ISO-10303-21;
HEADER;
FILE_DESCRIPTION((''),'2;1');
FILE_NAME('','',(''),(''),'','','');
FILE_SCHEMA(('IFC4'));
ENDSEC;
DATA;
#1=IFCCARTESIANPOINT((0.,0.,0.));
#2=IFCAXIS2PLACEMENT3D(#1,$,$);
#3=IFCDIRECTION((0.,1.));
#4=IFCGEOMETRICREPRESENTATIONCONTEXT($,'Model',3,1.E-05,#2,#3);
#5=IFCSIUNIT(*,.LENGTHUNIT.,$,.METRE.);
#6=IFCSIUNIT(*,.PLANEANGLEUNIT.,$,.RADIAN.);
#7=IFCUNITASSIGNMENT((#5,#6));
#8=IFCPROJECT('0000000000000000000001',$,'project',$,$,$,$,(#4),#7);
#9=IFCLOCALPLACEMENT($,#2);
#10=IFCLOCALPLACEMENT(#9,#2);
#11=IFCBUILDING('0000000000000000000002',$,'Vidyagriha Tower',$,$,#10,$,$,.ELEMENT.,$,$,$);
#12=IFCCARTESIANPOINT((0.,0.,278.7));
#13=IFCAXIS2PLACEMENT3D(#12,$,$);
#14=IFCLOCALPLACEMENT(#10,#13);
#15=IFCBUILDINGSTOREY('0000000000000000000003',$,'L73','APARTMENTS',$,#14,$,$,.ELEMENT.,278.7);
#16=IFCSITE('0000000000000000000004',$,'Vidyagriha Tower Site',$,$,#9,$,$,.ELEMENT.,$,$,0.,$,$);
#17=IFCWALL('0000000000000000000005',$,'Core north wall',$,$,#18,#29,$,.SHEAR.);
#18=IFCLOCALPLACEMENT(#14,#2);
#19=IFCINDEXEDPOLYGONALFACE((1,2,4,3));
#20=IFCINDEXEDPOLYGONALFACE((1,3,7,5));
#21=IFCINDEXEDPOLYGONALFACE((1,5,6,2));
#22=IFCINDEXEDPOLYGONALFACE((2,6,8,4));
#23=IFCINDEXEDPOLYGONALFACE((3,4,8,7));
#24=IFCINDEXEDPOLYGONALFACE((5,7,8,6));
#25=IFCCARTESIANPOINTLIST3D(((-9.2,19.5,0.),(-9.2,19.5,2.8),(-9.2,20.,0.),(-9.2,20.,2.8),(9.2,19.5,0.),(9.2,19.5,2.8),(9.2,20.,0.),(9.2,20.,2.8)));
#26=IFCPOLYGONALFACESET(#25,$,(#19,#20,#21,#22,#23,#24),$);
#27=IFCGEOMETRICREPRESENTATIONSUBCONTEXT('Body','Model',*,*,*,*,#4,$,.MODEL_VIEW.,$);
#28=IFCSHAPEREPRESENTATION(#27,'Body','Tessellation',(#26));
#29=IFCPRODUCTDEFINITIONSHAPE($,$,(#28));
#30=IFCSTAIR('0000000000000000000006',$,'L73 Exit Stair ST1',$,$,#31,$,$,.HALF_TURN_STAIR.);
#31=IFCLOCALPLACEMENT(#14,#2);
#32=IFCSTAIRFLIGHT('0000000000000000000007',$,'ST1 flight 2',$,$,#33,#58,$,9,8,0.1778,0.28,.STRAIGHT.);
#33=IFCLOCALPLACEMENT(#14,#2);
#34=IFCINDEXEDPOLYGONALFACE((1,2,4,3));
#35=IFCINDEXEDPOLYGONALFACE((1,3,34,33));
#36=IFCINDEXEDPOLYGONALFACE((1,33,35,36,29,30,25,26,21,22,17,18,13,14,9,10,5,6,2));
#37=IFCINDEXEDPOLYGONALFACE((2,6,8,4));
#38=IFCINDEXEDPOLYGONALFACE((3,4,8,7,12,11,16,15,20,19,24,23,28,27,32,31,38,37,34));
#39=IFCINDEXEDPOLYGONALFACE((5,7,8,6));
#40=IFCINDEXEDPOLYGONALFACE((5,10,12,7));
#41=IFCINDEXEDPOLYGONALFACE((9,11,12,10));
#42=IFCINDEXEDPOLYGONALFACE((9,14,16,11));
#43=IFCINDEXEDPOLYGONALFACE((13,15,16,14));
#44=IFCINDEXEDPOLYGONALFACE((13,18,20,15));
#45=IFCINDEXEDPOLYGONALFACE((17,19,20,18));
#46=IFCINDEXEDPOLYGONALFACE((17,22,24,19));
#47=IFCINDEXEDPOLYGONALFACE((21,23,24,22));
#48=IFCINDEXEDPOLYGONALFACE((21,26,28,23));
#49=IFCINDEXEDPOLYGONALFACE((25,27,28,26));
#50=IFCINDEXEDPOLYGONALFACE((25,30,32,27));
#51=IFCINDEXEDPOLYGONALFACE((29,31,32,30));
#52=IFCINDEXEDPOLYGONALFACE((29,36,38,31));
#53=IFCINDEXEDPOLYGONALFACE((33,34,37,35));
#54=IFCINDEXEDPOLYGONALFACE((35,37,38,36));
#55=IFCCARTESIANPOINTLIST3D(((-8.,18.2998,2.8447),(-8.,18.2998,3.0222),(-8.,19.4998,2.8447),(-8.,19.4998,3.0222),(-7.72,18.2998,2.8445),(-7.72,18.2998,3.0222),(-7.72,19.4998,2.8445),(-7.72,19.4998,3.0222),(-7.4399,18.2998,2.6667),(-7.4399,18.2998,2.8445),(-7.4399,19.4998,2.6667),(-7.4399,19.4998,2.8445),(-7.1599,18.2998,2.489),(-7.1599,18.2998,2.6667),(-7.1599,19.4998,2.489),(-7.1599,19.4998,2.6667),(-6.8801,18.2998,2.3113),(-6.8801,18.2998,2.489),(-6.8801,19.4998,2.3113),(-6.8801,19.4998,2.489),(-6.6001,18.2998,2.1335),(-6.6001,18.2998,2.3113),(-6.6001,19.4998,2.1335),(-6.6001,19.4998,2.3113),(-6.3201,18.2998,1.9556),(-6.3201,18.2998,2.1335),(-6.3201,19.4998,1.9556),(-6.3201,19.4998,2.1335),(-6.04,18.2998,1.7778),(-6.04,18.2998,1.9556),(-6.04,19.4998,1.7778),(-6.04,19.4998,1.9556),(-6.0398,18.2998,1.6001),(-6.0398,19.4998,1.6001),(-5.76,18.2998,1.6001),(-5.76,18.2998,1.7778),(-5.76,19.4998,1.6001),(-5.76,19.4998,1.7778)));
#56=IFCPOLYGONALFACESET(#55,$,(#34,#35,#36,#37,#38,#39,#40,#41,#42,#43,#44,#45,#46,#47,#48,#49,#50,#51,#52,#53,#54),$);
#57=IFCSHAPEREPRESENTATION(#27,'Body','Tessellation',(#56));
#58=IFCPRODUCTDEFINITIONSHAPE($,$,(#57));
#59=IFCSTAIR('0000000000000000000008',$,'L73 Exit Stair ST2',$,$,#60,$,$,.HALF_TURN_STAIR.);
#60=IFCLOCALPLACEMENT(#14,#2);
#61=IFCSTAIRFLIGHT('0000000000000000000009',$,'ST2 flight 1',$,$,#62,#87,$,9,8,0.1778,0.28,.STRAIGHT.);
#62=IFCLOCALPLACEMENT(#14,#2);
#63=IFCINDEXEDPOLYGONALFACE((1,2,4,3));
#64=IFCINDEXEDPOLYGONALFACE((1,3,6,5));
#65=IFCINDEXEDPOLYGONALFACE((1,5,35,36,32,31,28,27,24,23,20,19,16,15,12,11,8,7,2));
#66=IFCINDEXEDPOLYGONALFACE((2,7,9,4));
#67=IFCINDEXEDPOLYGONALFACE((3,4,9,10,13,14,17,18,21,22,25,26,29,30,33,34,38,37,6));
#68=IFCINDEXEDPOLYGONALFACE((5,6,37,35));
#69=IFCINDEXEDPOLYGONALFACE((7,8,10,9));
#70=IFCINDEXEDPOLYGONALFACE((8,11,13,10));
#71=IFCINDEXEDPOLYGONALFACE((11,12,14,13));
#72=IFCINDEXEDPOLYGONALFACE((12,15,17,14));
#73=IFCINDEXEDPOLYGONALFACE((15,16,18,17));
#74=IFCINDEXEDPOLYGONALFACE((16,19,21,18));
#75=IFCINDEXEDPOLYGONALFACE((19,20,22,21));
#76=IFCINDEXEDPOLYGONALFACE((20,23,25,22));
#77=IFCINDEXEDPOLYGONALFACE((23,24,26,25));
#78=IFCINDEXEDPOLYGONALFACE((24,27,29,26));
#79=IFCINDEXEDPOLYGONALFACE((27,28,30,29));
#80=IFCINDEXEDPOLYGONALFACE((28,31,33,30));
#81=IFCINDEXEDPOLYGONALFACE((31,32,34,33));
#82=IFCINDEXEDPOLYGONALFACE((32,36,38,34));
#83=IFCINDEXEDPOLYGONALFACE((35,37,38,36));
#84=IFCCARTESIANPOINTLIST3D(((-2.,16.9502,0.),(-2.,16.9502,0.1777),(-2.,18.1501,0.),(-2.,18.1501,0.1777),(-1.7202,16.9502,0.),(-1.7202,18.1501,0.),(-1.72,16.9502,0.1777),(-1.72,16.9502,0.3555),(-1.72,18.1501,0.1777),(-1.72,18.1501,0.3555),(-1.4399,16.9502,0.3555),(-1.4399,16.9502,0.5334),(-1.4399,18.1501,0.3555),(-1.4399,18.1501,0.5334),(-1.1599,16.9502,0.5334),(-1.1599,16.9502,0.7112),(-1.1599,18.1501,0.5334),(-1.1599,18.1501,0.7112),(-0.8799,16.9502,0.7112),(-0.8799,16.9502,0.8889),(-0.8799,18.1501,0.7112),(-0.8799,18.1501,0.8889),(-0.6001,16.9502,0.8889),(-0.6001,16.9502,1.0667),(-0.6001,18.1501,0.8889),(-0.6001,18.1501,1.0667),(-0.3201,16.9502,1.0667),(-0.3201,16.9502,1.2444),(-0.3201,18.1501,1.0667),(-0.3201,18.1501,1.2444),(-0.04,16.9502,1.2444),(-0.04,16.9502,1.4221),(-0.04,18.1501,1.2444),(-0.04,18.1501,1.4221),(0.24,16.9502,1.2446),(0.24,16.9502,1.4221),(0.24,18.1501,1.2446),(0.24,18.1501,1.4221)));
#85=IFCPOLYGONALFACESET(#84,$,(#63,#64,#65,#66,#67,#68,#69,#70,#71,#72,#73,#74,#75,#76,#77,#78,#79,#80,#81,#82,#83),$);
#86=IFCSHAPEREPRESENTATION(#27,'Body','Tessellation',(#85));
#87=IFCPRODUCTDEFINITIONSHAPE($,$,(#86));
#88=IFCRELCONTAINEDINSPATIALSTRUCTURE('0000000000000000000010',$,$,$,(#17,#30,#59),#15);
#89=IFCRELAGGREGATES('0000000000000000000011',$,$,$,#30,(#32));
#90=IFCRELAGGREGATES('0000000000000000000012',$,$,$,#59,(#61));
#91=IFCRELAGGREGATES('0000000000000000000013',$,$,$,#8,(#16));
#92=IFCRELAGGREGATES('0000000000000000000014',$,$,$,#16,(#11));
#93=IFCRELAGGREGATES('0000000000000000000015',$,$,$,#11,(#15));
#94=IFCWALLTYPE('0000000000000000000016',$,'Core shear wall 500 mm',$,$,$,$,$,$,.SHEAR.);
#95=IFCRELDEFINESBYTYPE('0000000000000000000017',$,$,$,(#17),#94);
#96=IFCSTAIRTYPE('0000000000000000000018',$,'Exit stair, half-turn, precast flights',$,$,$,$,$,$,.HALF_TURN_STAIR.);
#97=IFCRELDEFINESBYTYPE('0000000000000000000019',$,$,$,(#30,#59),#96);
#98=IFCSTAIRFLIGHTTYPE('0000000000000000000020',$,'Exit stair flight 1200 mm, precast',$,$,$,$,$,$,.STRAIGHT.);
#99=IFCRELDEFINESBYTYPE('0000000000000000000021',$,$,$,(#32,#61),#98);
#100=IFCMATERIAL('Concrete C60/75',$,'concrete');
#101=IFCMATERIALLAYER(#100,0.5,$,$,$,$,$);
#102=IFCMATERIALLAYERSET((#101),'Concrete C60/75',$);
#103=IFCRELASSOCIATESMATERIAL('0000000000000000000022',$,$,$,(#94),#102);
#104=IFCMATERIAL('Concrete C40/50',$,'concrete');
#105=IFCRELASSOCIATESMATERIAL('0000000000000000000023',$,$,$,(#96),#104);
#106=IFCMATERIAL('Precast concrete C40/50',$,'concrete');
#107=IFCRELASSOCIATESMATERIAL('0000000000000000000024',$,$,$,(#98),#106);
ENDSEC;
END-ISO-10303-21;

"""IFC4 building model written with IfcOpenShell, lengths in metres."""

from ifc_helpers import new_model, si_unit, direction, frame, frame_2d, origin, place, context, subcontext, project, spatial, polyline, rectangle, outline, extrude, material, layer, layer_set, type_object, element, aggregate, save


model = new_model("IFC4")

# Units and contexts
model_context = context("Model", 3, precision=1e-05, world=origin(), true_north=direction((0.0, 1.0)))
body_context = subcontext(model_context, "Body", "Model", "MODEL_VIEW")
ifc_project = project(units=[si_unit("LENGTHUNIT", "METRE"), si_unit("PLANEANGLEUNIT", "RADIAN")], contexts=[model_context])

# Site, building, storey
site_placement = place(None, origin())
site = spatial("IfcSite", under=ifc_project, at=site_placement, Name="Vidyagriha Tower Site", CompositionType="ELEMENT", RefElevation=0.0)
building_placement = place(site_placement, origin())
building = spatial("IfcBuilding", under=site, at=building_placement, Name="Vidyagriha Tower", CompositionType="ELEMENT")
storey_placement = place(building_placement, frame((0.0, 0.0, 278.7)))
storey = spatial("IfcBuildingStorey", under=building, at=storey_placement, Name="L73", Description="APARTMENTS", CompositionType="ELEMENT", Elevation=278.7)

# Wall
ifc_material_1 = material(Name="Concrete C60/75", Category="concrete")
ifc_layer_1 = layer(ifc_material_1, 0.5)
ifc_layer_set_1 = layer_set([ifc_layer_1], Name="Concrete C60/75")
wall_type = type_object("IfcWallType", Name="Core shear wall 500 mm", PredefinedType="SHEAR", material=ifc_layer_set_1)
wall_placement = place(storey_placement, frame((-9.2, 19.75, 0.0)))
element("IfcWall", 1, at=wall_placement, inside=storey, type_object=wall_type, Name="Core north wall", PredefinedType="SHEAR", context=body_context, shape_type="SweptSolid", body=[
    extrude(rectangle(XDim=18.3999, YDim=0.5, at=frame_2d((9.2, 0.0))), origin(), (0.0, 0.0, 1.0), 2.8),
])

# Stairs, stair flights
ifc_material_2 = material(Name="Concrete C40/50", Category="concrete")
stair_type = type_object("IfcStairType", Name="Exit stair, half-turn, precast flights", PredefinedType="HALF_TURN_STAIR", material=ifc_material_2)
stair_1_placement = place(storey_placement, origin())
stair_1 = element("IfcStair", 2, at=stair_1_placement, inside=storey, type_object=stair_type, Name="L73 Exit Stair ST1", PredefinedType="HALF_TURN_STAIR")
ifc_material_3 = material(Name="Precast concrete C40/50", Category="concrete")
stair_flight_type = type_object("IfcStairFlightType", Name="Exit stair flight 1200 mm, precast", PredefinedType="STRAIGHT", material=ifc_material_3)
stair_flight_1_placement = place(storey_placement, frame((-5.76, 18.8999, 1.6001), z_axis=(0.0, 0.0, 1.0), x_axis=(-1.0, 0.0, 0.0)))
stair_flight_1 = element("IfcStairFlight", 3, at=stair_flight_1_placement, type_object=stair_flight_type, Name="ST1 flight 2", NumberOfRisers=9, NumberOfTreads=8, PredefinedType="STRAIGHT", RiserHeight=0.1778, TreadLength=0.28, context=body_context, shape_type="SweptSolid", body=[
    extrude(outline(polyline([(0.0, 0.0), (0.0, 0.1777), (0.28, 0.1777), (0.28, 0.3555), (0.5601, 0.3555), (0.5601, 0.5334), (0.8401, 0.5334), (0.8401, 0.7112), (1.1201, 0.7112), (1.1201, 0.8889), (1.3999, 0.8889), (1.3999, 1.0667), (1.6799, 1.0667), (1.6799, 1.2444), (1.96, 1.2444), (1.96, 1.4221), (2.24, 1.4221), (2.24, 1.6001), (2.24, 1.2446), (0.2798, 0.0), (0.0, 0.0)])), frame((0.0, 0.6001, 0.0), z_axis=(0.0, -1.0, 0.0), x_axis=(1.0, 0.0, 0.0)), (0.0, 0.0, 1.0), 1.2),
])
aggregate(stair_1, [stair_flight_1])
stair_2_placement = place(storey_placement, origin())
stair_2 = element("IfcStair", 4, at=stair_2_placement, inside=storey, type_object=stair_type, Name="L73 Exit Stair ST2", PredefinedType="HALF_TURN_STAIR")
stair_flight_2_placement = place(storey_placement, frame((-2.0, 17.55, 0.0)))
stair_flight_2 = element("IfcStairFlight", 5, at=stair_flight_2_placement, type_object=stair_flight_type, Name="ST2 flight 1", NumberOfRisers=9, NumberOfTreads=8, PredefinedType="STRAIGHT", RiserHeight=0.1778, TreadLength=0.28, context=body_context, shape_type="SweptSolid", body=[
    extrude(outline(polyline([(0.0, 0.0), (0.0, 0.1777), (0.28, 0.1777), (0.28, 0.3555), (0.5601, 0.3555), (0.5601, 0.5334), (0.8401, 0.5334), (0.8401, 0.7112), (1.1201, 0.7112), (1.1201, 0.8889), (1.3999, 0.8889), (1.3999, 1.0667), (1.6799, 1.0667), (1.6799, 1.2444), (1.96, 1.2444), (1.96, 1.4221), (2.24, 1.4221), (2.24, 1.6001), (2.24, 1.2446), (0.2798, 0.0), (0.0, 0.0)])), frame((0.0, 0.6001, 0.0), z_axis=(0.0, -1.0, 0.0), x_axis=(1.0, 0.0, 0.0)), (0.0, 0.0, 1.0), 1.2),
])
aggregate(stair_2, [stair_flight_2])

save(model, "model.ifc")
